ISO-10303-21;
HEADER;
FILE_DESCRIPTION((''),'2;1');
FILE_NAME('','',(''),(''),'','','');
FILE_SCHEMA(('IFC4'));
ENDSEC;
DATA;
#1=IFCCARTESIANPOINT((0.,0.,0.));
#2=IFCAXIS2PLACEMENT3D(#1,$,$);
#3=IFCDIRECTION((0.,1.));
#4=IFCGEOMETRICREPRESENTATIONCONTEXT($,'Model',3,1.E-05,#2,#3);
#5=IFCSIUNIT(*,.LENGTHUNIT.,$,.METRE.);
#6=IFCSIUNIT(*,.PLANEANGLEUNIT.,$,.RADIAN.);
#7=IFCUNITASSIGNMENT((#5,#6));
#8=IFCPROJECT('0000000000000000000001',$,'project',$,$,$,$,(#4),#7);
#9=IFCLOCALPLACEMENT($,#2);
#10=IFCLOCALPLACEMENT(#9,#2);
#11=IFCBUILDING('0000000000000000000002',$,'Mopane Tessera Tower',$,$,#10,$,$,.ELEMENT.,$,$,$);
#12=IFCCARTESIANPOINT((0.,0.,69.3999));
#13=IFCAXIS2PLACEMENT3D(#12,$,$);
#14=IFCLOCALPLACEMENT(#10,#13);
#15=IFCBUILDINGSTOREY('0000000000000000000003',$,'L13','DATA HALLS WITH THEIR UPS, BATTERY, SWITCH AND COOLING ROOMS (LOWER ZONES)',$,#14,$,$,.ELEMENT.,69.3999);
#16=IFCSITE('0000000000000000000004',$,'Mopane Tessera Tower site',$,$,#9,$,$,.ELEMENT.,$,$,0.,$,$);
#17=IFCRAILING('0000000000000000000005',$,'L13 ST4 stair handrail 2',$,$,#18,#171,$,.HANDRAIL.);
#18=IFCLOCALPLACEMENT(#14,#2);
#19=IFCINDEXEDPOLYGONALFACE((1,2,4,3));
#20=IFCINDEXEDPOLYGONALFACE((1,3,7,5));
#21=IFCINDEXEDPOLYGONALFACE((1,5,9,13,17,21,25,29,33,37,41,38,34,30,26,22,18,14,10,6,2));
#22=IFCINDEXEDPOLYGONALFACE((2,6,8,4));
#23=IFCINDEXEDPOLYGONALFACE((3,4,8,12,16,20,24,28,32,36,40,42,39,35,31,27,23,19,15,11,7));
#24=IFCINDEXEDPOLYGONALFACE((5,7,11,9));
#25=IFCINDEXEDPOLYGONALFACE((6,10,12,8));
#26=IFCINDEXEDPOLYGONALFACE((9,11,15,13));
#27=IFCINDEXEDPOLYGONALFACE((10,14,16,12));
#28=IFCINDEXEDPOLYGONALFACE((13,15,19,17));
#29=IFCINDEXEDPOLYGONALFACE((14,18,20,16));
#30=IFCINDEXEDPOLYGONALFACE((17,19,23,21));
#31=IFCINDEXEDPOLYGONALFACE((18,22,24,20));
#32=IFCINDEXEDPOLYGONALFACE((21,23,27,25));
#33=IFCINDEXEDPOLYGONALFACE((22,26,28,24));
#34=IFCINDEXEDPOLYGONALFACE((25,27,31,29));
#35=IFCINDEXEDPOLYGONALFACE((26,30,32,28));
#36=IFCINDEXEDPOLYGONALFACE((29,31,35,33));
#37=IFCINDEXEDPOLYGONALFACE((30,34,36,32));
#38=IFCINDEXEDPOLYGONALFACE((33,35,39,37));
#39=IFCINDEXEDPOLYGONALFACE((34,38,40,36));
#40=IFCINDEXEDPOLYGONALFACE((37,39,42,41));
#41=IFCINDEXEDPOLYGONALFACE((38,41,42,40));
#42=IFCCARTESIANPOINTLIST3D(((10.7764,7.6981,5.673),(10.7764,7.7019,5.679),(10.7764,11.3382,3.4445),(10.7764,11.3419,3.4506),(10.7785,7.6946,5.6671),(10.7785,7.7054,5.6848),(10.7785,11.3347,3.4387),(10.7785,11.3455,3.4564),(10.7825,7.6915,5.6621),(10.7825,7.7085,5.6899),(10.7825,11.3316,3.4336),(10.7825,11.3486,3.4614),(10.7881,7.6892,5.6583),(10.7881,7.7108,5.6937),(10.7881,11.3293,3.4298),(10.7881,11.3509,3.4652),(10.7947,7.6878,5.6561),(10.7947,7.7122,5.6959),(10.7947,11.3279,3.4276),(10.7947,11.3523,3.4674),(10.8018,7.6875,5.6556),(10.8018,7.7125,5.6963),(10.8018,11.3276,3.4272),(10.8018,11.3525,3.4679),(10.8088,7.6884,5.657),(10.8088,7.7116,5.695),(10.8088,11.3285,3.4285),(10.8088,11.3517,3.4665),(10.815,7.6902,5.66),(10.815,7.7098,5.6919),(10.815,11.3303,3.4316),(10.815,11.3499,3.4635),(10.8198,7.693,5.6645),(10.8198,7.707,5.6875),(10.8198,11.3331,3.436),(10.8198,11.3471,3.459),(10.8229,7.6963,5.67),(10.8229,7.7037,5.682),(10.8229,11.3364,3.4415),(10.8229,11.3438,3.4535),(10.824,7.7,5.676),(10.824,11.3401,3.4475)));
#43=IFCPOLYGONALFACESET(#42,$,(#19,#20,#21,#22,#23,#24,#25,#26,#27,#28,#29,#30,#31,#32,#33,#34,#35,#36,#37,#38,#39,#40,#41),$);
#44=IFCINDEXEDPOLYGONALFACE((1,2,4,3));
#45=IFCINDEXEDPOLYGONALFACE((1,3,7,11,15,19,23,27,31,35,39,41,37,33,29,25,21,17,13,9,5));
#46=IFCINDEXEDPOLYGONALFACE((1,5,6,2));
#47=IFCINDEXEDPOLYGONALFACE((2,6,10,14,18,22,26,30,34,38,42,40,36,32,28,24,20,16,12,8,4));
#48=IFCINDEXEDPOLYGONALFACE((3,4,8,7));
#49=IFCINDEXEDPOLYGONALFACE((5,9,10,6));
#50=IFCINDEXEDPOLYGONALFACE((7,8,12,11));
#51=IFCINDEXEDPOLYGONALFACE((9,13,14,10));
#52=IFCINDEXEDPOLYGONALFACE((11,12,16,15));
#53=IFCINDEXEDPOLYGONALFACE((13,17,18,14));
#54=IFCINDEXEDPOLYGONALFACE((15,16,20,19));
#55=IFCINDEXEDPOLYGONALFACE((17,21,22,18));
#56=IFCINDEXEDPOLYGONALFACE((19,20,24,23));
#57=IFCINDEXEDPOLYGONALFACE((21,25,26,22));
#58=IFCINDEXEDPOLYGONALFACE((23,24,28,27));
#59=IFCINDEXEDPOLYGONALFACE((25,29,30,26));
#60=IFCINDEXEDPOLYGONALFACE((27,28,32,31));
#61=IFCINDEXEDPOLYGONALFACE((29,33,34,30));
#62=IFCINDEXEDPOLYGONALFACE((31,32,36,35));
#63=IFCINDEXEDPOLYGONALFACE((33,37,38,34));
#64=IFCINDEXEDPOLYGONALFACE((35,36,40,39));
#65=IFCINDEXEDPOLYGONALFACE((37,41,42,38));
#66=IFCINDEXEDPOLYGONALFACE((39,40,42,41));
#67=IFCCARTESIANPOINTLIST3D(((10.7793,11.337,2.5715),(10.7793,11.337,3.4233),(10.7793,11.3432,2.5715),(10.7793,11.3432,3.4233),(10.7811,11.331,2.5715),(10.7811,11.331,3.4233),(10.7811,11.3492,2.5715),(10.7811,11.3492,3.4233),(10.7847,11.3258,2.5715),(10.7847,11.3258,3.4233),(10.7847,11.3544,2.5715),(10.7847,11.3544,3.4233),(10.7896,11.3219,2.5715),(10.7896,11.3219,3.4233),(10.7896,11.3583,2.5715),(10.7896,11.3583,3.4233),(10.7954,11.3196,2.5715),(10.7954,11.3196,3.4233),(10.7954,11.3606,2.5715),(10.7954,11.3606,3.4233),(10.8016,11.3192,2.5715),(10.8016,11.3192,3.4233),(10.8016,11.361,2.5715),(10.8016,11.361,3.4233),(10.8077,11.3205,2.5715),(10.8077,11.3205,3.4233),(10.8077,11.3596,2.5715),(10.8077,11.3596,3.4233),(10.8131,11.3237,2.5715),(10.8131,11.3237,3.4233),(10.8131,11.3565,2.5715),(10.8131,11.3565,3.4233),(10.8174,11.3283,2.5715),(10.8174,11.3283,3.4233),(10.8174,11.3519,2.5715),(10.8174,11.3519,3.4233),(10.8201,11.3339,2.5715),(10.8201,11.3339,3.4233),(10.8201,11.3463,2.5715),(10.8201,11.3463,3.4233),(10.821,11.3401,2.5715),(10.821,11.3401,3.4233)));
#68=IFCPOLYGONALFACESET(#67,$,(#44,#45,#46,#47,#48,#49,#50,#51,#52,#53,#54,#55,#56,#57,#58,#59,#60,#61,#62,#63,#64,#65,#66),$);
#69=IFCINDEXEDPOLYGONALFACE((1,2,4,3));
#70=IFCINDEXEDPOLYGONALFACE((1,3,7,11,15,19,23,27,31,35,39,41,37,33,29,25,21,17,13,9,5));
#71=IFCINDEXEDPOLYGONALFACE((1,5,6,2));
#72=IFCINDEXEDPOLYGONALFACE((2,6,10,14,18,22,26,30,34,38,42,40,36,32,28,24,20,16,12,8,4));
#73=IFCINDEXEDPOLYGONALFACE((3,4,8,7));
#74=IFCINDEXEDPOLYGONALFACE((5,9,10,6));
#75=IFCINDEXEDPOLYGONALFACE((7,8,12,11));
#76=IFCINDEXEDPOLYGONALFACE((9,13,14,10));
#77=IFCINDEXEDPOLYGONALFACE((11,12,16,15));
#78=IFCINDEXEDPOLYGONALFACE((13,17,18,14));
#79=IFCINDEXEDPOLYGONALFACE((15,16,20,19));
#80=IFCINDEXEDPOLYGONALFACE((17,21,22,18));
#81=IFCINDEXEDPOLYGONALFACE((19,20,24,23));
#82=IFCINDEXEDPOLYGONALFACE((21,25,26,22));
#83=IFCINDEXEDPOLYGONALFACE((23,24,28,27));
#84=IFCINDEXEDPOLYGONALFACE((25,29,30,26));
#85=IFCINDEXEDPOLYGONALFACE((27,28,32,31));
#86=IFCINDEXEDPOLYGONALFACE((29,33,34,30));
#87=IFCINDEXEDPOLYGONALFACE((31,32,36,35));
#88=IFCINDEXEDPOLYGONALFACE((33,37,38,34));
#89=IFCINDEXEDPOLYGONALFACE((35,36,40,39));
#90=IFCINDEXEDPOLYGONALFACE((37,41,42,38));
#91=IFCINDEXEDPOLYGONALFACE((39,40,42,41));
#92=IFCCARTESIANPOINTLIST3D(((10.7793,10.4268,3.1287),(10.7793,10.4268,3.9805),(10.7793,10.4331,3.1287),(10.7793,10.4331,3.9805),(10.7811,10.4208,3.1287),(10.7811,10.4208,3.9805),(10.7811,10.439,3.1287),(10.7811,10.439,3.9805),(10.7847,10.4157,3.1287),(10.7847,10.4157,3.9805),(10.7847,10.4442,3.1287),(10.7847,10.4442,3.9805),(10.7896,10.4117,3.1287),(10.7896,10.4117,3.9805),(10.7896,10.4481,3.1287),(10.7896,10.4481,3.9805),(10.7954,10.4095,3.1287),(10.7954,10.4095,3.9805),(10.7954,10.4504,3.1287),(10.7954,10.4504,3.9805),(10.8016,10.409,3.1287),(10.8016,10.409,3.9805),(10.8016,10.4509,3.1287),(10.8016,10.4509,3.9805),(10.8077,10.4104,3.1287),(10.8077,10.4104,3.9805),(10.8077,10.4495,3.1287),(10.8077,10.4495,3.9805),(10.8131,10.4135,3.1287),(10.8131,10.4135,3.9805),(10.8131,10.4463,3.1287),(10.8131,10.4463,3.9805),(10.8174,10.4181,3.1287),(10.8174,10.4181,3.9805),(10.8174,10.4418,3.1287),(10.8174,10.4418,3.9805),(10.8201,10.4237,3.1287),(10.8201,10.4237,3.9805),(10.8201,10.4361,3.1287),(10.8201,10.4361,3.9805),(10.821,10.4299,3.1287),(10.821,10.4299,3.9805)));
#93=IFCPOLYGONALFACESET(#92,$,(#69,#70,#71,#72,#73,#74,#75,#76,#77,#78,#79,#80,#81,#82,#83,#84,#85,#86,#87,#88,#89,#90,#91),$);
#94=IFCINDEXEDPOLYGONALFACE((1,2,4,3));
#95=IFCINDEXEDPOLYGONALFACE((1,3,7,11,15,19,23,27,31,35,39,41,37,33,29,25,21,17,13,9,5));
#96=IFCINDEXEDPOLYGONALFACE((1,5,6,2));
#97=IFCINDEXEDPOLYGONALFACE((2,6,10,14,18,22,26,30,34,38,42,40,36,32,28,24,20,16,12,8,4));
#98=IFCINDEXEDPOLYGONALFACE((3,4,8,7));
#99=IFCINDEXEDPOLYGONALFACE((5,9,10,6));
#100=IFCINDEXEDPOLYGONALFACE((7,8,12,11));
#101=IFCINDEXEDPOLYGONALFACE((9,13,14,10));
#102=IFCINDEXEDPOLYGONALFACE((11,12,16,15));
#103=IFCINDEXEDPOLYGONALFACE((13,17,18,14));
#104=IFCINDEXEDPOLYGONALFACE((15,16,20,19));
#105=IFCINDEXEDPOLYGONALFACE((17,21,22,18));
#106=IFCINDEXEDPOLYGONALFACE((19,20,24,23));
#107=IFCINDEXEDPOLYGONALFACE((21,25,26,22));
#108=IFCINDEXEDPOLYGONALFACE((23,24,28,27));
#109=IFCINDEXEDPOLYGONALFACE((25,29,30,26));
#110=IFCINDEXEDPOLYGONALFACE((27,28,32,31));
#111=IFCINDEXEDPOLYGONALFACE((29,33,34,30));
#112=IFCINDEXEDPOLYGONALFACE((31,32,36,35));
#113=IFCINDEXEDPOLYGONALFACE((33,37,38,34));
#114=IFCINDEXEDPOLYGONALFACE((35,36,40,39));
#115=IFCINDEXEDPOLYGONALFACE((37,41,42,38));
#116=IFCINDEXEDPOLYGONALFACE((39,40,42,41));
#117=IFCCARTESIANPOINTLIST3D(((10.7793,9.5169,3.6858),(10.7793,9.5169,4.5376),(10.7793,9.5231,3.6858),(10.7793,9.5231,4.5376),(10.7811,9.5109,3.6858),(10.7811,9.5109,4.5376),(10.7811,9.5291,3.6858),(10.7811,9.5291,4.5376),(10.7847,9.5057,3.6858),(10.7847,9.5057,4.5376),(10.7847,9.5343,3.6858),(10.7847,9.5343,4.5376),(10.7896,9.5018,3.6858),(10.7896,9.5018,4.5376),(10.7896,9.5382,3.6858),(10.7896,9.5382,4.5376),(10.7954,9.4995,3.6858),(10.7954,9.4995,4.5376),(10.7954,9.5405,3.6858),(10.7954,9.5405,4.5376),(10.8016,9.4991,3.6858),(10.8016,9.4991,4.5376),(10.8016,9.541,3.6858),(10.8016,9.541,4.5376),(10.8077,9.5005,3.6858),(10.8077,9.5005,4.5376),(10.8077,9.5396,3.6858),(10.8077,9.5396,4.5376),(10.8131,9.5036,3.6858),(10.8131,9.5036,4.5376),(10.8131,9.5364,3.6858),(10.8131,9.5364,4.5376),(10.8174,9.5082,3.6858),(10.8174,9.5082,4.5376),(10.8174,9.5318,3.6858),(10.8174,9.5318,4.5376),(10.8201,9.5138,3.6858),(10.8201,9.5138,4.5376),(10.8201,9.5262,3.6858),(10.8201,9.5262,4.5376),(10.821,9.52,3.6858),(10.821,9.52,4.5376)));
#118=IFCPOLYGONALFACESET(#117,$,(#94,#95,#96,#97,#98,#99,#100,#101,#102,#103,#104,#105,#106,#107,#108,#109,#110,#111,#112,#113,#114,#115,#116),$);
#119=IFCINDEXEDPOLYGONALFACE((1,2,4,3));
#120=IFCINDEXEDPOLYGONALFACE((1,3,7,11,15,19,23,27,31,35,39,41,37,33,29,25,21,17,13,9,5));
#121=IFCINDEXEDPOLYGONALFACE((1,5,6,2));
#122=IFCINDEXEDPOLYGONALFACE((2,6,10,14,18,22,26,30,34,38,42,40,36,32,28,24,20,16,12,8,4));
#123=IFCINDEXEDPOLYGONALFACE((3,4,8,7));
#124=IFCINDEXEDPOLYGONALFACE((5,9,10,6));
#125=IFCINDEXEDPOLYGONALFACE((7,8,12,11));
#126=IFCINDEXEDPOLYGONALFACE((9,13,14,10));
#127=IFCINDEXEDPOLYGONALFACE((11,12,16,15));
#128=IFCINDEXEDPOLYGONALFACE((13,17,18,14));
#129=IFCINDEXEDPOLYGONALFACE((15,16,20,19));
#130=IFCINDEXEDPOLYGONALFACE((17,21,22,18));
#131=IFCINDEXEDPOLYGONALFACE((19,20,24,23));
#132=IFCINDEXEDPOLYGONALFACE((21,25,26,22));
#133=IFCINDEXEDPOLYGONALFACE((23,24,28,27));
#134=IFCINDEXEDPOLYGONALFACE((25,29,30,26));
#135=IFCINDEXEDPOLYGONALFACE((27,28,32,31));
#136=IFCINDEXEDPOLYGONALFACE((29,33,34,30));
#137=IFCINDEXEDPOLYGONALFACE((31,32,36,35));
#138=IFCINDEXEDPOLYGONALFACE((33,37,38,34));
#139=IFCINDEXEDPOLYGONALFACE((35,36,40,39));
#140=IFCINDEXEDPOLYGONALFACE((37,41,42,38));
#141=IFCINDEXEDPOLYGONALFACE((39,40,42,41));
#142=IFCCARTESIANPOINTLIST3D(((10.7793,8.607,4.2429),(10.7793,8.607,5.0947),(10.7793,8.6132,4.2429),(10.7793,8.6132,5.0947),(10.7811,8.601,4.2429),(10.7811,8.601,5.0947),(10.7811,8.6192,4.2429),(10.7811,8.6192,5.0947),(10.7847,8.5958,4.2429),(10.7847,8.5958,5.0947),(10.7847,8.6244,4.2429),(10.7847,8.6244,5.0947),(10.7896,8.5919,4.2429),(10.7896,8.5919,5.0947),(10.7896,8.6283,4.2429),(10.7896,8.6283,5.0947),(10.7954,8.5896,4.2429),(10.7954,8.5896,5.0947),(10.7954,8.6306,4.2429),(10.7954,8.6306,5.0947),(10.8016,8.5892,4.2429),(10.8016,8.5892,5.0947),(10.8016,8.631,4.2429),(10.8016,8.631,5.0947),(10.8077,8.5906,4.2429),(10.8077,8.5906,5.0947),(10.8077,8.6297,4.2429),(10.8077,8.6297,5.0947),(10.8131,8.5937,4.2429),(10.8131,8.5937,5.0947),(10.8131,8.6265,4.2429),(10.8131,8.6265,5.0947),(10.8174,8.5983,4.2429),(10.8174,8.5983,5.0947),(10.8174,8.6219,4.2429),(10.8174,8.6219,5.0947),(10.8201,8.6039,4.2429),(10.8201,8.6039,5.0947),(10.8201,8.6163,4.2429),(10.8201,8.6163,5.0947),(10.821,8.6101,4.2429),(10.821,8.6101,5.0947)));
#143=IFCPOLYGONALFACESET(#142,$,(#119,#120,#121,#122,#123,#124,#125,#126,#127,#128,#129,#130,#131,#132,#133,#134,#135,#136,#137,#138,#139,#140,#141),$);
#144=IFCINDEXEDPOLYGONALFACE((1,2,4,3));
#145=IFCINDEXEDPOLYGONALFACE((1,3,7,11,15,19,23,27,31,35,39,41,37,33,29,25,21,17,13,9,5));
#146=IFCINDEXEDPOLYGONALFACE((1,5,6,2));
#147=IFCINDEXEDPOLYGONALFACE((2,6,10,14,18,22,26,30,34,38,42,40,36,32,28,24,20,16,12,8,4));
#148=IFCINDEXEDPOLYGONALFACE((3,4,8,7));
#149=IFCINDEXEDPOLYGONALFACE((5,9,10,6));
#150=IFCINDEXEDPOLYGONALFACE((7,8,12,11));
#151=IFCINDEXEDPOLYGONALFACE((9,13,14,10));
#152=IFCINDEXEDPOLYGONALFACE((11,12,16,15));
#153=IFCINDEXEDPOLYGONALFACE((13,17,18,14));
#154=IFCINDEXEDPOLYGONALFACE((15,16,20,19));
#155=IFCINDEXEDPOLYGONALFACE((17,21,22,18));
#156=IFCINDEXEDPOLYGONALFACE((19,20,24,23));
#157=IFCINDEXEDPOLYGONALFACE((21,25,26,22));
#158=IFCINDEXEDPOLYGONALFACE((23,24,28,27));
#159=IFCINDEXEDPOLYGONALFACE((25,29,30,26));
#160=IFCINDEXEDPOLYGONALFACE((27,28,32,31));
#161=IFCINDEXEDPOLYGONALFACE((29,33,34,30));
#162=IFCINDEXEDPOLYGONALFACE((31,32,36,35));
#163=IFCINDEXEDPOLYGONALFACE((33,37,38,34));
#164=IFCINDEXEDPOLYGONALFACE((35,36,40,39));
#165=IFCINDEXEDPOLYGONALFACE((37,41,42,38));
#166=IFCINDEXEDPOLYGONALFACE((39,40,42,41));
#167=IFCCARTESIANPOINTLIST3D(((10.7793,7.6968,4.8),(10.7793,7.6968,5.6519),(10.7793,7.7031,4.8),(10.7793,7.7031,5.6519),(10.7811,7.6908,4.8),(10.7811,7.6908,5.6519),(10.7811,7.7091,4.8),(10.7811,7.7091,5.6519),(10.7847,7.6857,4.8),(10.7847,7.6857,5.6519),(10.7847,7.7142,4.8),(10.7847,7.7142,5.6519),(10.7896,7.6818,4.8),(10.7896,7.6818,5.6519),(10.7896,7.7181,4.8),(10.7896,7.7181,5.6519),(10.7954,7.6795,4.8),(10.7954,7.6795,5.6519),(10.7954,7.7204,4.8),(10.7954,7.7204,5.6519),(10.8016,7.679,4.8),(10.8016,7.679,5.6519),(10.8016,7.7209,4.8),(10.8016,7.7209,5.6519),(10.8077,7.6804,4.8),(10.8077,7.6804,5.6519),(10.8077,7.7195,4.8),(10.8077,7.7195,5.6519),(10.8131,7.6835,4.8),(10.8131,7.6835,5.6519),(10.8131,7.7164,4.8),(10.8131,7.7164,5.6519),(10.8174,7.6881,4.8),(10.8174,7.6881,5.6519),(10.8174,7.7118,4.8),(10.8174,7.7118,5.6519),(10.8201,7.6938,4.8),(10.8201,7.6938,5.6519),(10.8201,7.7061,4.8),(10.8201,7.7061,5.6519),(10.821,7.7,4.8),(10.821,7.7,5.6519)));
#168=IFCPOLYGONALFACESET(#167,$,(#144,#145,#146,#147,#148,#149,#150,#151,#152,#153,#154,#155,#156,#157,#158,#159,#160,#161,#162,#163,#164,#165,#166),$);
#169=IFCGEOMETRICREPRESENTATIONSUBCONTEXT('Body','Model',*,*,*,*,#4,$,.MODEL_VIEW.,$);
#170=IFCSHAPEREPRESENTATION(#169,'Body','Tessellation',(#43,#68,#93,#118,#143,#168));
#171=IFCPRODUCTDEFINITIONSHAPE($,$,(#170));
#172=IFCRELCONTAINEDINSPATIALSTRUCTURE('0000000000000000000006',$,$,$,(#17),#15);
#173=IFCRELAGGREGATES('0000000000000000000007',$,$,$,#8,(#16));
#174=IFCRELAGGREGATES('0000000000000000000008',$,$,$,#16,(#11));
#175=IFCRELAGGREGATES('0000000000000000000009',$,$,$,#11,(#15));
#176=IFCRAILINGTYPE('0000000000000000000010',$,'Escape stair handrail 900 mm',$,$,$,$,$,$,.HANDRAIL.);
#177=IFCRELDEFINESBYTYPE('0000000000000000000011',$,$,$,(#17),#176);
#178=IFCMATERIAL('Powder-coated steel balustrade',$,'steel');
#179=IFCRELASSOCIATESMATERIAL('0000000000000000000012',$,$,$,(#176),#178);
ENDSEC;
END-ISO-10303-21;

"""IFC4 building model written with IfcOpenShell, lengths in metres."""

from ifc_helpers import new_model, si_unit, direction, frame, origin, origin_2d, place, context, subcontext, project, spatial, circle, extrude, material, type_object, element, save


model = new_model("IFC4")

# Units and contexts
model_context = context("Model", 3, precision=1e-05, world=origin(), true_north=direction((0.0, 1.0)))
body_context = subcontext(model_context, "Body", "Model", "MODEL_VIEW")
ifc_project = project(units=[si_unit("LENGTHUNIT", "METRE"), si_unit("PLANEANGLEUNIT", "RADIAN")], contexts=[model_context])

# Site, building, storey
site_placement = place(None, origin())
site = spatial("IfcSite", under=ifc_project, at=site_placement, Name="Mopane Tessera Tower site", CompositionType="ELEMENT", RefElevation=0.0)
building_placement = place(site_placement, origin())
building = spatial("IfcBuilding", under=site, at=building_placement, Name="Mopane Tessera Tower", CompositionType="ELEMENT")
storey_placement = place(building_placement, frame((0.0, 0.0, 69.3999)))
storey = spatial("IfcBuildingStorey", under=building, at=storey_placement, Name="L13", Description="DATA HALLS WITH THEIR UPS, BATTERY, SWITCH AND COOLING ROOMS (LOWER ZONES)", CompositionType="ELEMENT", Elevation=69.3999)

# Railing
ifc_material_1 = material(Name="Powder-coated steel balustrade", Category="steel")
railing_type_1 = type_object("IfcRailingType", Name="Escape stair handrail 900 mm", PredefinedType="HANDRAIL", material=ifc_material_1)
railing_1_placement = place(storey_placement, frame((10.8, 11.3401, 2.5715)))
element("IfcRailing", 1, at=railing_1_placement, inside=storey, type_object=railing_type_1, Name="L13 ST4 stair handrail 2", PredefinedType="HANDRAIL", context=body_context, shape_type="SweptSolid", body=[
    extrude(circle(Radius=0.0239, at=origin_2d()), frame((0.0, 0.0, 0.876), z_axis=(0.0, -0.852866, 0.52213), x_axis=(1.0, 0.0, 0.0)), (0.0, 0.0, 1.0), 4.2681),
    extrude(circle(Radius=0.021, at=origin_2d()), origin(), (0.0, 0.0, 1.0), 0.8518),
    extrude(circle(Radius=0.021, at=origin_2d()), frame((0.0, -0.9102, 0.5571)), (0.0, 0.0, 1.0), 0.8518),
    extrude(circle(Radius=0.021, at=origin_2d()), frame((0.0, -1.8201, 1.1143)), (0.0, 0.0, 1.0), 0.8518),
    extrude(circle(Radius=0.021, at=origin_2d()), frame((0.0, -2.73, 1.6714)), (0.0, 0.0, 1.0), 0.8518),
    extrude(circle(Radius=0.021, at=origin_2d()), frame((0.0, -3.6401, 2.2285)), (0.0, 0.0, 1.0), 0.8518),
])

save(model, "model.ifc")
